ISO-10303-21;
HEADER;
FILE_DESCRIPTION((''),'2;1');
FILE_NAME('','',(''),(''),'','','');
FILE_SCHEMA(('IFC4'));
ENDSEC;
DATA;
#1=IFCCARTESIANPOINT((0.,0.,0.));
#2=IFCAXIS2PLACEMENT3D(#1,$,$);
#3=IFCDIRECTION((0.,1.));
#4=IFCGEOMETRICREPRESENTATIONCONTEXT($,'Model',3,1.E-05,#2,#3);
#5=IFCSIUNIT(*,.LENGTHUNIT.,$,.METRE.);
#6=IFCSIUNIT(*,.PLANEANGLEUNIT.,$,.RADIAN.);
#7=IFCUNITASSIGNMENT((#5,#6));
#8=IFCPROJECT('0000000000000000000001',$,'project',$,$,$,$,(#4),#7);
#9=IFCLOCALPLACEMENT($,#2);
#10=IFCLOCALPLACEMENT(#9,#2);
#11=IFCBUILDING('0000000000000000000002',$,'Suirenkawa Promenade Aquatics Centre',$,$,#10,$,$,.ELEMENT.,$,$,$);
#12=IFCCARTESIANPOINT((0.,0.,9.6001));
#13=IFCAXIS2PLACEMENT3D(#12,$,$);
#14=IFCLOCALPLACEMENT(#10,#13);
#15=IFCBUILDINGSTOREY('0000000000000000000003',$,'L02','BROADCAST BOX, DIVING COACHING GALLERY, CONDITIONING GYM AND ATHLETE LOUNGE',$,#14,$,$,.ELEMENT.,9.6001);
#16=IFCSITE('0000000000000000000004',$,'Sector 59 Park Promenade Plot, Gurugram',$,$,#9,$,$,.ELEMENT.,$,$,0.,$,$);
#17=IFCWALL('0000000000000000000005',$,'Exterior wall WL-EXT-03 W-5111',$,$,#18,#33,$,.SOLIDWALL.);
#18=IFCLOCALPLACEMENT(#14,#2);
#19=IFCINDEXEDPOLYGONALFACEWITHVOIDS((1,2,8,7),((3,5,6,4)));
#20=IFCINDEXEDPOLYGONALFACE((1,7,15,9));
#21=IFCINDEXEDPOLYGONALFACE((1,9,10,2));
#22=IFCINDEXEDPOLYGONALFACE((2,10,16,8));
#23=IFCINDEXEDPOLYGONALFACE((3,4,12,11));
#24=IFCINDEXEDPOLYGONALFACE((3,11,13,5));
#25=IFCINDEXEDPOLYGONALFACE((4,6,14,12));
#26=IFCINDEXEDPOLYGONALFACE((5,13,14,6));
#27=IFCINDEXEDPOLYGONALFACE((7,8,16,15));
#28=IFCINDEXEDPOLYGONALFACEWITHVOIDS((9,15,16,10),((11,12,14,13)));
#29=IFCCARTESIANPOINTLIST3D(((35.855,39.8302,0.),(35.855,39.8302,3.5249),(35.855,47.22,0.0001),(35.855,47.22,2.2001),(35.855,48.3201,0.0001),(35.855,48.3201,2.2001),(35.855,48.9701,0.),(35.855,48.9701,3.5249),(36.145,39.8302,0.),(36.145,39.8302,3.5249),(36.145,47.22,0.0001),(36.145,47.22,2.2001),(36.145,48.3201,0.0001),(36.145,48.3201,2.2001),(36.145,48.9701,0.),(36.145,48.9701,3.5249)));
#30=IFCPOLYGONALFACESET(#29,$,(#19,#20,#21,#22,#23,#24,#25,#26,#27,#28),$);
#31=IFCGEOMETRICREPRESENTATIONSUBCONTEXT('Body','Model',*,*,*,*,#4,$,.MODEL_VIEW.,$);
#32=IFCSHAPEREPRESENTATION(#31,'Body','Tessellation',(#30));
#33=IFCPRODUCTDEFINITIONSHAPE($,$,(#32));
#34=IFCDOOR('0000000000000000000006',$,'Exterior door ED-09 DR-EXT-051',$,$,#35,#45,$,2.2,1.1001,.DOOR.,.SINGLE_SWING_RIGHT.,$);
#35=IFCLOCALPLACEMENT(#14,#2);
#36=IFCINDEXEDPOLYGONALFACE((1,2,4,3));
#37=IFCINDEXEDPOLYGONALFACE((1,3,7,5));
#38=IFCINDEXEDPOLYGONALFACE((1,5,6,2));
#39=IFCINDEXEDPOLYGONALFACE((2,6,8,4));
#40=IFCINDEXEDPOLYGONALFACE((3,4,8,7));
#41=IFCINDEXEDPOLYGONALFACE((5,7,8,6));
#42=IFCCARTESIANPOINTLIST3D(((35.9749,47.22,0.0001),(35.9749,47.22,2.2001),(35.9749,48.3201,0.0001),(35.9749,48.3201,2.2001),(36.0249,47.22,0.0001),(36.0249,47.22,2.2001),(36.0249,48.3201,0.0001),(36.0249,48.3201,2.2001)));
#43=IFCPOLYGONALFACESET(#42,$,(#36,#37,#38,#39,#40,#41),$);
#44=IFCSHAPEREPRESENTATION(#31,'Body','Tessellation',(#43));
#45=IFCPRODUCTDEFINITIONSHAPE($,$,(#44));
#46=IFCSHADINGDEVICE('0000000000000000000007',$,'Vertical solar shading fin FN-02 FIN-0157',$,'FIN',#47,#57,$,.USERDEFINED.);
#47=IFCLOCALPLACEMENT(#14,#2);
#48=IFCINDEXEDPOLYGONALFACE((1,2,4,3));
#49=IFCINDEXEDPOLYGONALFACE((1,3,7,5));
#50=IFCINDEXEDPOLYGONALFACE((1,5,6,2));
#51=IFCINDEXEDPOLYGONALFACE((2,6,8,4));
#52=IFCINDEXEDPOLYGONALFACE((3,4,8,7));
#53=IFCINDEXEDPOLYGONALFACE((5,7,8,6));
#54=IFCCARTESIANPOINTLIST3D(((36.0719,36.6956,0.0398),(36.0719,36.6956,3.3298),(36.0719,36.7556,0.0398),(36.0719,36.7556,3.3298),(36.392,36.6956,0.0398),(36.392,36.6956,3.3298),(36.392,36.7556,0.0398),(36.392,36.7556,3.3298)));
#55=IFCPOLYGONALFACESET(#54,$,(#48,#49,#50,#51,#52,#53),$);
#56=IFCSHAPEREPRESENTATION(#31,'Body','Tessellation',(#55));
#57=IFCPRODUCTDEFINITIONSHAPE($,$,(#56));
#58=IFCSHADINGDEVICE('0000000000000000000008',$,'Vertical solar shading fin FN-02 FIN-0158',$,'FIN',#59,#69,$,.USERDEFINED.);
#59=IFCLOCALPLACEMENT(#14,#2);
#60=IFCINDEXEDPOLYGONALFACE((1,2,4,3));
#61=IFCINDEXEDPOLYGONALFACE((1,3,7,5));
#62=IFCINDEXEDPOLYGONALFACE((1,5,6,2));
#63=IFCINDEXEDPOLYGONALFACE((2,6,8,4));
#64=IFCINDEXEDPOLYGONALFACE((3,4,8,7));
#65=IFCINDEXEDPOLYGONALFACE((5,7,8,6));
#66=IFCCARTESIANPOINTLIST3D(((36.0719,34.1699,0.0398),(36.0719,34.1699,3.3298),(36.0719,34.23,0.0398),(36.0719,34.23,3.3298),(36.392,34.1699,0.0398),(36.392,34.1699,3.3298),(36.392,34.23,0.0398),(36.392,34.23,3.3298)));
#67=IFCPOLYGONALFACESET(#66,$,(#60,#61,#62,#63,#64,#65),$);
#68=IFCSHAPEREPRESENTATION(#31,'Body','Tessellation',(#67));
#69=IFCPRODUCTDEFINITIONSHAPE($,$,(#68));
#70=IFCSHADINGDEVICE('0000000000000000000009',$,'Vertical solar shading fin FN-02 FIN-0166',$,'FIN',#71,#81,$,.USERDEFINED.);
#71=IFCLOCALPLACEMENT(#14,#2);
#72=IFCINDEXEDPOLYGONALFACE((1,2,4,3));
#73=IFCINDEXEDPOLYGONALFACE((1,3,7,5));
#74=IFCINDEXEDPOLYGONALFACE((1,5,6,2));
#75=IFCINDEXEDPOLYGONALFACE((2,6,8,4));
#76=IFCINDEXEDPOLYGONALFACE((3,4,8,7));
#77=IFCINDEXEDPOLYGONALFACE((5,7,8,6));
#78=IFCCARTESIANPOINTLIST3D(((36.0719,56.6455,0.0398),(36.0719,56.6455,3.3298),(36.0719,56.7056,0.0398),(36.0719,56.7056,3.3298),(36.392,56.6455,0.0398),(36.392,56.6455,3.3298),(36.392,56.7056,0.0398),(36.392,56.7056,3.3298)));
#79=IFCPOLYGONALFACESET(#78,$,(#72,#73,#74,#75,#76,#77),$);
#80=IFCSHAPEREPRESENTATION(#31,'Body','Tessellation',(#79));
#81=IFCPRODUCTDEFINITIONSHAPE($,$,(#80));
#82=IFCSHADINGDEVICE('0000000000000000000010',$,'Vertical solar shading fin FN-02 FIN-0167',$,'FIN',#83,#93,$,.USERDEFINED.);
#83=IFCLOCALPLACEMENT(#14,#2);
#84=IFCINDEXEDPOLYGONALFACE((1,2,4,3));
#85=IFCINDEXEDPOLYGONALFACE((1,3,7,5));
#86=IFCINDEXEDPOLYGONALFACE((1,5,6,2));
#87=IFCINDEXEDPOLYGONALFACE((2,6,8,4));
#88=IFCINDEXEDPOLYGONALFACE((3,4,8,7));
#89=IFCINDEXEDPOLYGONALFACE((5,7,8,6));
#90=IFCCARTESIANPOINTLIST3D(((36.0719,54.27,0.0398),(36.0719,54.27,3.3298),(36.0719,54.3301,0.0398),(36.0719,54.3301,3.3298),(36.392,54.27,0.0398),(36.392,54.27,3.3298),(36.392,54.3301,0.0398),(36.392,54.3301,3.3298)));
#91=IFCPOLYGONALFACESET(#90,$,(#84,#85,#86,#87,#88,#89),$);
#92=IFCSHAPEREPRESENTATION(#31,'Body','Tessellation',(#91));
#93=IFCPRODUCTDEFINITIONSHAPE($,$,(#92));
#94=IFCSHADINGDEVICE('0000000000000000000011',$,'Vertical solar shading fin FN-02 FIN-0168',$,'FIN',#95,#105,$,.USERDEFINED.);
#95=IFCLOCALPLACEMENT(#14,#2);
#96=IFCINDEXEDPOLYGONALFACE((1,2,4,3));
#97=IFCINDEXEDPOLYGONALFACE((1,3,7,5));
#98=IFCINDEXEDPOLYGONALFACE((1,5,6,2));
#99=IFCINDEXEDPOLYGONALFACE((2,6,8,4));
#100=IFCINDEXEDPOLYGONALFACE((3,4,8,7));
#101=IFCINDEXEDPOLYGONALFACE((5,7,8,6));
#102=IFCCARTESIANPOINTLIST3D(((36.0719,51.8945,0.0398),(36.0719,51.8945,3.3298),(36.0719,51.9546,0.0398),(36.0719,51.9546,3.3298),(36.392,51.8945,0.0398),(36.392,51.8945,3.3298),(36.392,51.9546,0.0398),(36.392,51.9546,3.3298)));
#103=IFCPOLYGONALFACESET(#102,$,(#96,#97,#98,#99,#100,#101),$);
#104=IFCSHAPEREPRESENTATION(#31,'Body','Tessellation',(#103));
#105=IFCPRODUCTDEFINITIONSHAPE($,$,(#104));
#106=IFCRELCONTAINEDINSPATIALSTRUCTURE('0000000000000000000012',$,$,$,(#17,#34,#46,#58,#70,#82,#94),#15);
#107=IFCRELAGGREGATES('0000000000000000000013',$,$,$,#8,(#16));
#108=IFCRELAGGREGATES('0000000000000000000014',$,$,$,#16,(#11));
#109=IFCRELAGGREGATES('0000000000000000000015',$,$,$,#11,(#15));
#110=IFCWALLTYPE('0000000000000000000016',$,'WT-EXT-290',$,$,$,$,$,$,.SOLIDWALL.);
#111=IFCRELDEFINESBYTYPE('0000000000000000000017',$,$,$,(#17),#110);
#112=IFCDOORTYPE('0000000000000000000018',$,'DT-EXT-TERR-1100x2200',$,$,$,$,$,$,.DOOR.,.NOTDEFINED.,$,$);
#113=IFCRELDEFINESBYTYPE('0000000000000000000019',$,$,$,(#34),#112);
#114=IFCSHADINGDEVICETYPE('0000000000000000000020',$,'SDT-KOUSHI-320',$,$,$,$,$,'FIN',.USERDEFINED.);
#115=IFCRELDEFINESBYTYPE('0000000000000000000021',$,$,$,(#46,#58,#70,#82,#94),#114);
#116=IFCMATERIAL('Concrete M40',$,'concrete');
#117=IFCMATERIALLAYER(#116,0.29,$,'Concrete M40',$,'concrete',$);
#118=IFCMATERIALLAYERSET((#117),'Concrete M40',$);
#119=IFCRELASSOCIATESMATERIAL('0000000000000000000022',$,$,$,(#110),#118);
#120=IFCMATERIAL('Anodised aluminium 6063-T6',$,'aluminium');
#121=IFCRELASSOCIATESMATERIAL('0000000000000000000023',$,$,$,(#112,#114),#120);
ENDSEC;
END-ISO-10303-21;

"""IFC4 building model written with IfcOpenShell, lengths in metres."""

from ifc_helpers import new_model, si_unit, direction, frame, frame_2d, origin, origin_2d, place, context, subcontext, project, spatial, rectangle, extrude, material, layer, layer_set, type_object, element, fill, save


model = new_model("IFC4")

# Units and contexts
model_context = context("Model", 3, precision=1e-05, world=origin(), true_north=direction((0.0, 1.0)))
body_context = subcontext(model_context, "Body", "Model", "MODEL_VIEW")
ifc_project = project(units=[si_unit("LENGTHUNIT", "METRE"), si_unit("PLANEANGLEUNIT", "RADIAN")], contexts=[model_context])

# Site, building, storey
site_placement = place(None, origin())
site = spatial("IfcSite", under=ifc_project, at=site_placement, Name="Sector 59 Park Promenade Plot, Gurugram", CompositionType="ELEMENT", RefElevation=0.0)
building_placement = place(site_placement, origin())
building = spatial("IfcBuilding", under=site, at=building_placement, Name="Suirenkawa Promenade Aquatics Centre", CompositionType="ELEMENT")
storey_placement = place(building_placement, frame((0.0, 0.0, 9.6001)))
storey = spatial("IfcBuildingStorey", under=building, at=storey_placement, Name="L02", Description="BROADCAST BOX, DIVING COACHING GALLERY, CONDITIONING GYM AND ATHLETE LOUNGE", CompositionType="ELEMENT", Elevation=9.6001)

# Shared definitions
ifc_material_1 = material(Name="Concrete M40", Category="concrete")

# Shared definitions
ifc_material_2 = material(Name="Anodised aluminium 6063-T6", Category="aluminium")

# Wall, opening, door
ifc_layer_1 = layer(ifc_material_1, 0.29, Name="Concrete M40", Category="concrete")
ifc_layer_set_1 = layer_set([ifc_layer_1], Name="Concrete M40")
wall_type = type_object("IfcWallType", Name="WT-EXT-290", PredefinedType="SOLIDWALL", material=ifc_layer_set_1)
wall_placement = place(storey_placement, frame((36.0, 48.97, 0.0), z_axis=(0.0, 0.0, 1.0), x_axis=(0.0, -1.0, 0.0)))
wall = element("IfcWall", 1, at=wall_placement, inside=storey, type_object=wall_type, Name="Exterior wall WL-EXT-03 W-5111", PredefinedType="SOLIDWALL", context=body_context, shape_type="SweptSolid", body=[
    extrude(rectangle(XDim=9.1399, YDim=0.29, at=frame_2d((4.5698, 0.0))), origin(), (0.0, 0.0, 1.0), 3.5249),
])
opening_placement = place(wall_placement, frame((0.6499, 0.0, 0.0)))
opening = element("IfcOpeningElement", 2, at=opening_placement, cuts=wall, PredefinedType="OPENING", context=body_context, shape_type="SweptSolid", body=[
    extrude(rectangle(XDim=1.1001, YDim=2.2, at=frame_2d((0.55, 1.1001))), frame((0.0, 0.155, 0.0), z_axis=(0.0, -1.0, 0.0), x_axis=(1.0, 0.0, 0.0)), (0.0, 0.0, 1.0), 0.3101),
])
door_type = type_object("IfcDoorType", Name="DT-EXT-TERR-1100x2200", OperationType="NOTDEFINED", PredefinedType="DOOR", material=ifc_material_2)
door_placement = place(opening_placement, origin())
door = element("IfcDoor", 3, at=door_placement, inside=storey, type_object=door_type, Name="Exterior door ED-09 DR-EXT-051", OperationType="SINGLE_SWING_RIGHT", OverallHeight=2.2, OverallWidth=1.1001, PredefinedType="DOOR", context=body_context, shape_type="SweptSolid", body=[
    extrude(rectangle(XDim=1.1001, YDim=2.2, at=frame_2d((0.55, 1.1001))), frame((0.0, 0.0249, 0.0), z_axis=(0.0, -1.0, 0.0), x_axis=(1.0, 0.0, 0.0)), (0.0, 0.0, 1.0), 0.05),
])
fill(opening, door)

# Shading devices
shading_device_type = type_object("IfcShadingDeviceType", Name="SDT-KOUSHI-320", ElementType="FIN", PredefinedType="USERDEFINED", material=ifc_material_2)
for number, where, z_axis, x_axis, name in (
    (4, (36.2319, 36.7256, 0.0398), (0.0, 0.0, 1.0), (1.0, 0.0, 0.0), "Vertical solar shading fin FN-02 FIN-0157"),
    (5, (36.2319, 34.2, 0.0398), (0.0, 0.0, 1.0), (1.0, 0.0, 0.0), "Vertical solar shading fin FN-02 FIN-0158"),
    (6, (36.2319, 56.6755, 0.0398), (0.0, 0.0, 1.0), (1.0, 0.0, 0.0), "Vertical solar shading fin FN-02 FIN-0166"),
    (7, (36.2319, 54.3, 0.0398), (0.0, 0.0, 1.0), (1.0, 0.0, 0.0), "Vertical solar shading fin FN-02 FIN-0167"),
    (8, (36.2319, 51.9246, 0.0398), (0.0, 0.0, 1.0), (1.0, 0.0, 0.0), "Vertical solar shading fin FN-02 FIN-0168"),
):
    element("IfcShadingDevice", number, at=place(storey_placement, frame(where, z_axis=z_axis, x_axis=x_axis)), inside=storey, type_object=shading_device_type, Name=name, ObjectType="FIN", PredefinedType="USERDEFINED", context=body_context, shape_type="SweptSolid", body=[
        extrude(rectangle(XDim=0.3201, YDim=0.0601, at=origin_2d()), origin(), (0.0, 0.0, 1.0), 3.29),
    ])

save(model, "model.ifc")
